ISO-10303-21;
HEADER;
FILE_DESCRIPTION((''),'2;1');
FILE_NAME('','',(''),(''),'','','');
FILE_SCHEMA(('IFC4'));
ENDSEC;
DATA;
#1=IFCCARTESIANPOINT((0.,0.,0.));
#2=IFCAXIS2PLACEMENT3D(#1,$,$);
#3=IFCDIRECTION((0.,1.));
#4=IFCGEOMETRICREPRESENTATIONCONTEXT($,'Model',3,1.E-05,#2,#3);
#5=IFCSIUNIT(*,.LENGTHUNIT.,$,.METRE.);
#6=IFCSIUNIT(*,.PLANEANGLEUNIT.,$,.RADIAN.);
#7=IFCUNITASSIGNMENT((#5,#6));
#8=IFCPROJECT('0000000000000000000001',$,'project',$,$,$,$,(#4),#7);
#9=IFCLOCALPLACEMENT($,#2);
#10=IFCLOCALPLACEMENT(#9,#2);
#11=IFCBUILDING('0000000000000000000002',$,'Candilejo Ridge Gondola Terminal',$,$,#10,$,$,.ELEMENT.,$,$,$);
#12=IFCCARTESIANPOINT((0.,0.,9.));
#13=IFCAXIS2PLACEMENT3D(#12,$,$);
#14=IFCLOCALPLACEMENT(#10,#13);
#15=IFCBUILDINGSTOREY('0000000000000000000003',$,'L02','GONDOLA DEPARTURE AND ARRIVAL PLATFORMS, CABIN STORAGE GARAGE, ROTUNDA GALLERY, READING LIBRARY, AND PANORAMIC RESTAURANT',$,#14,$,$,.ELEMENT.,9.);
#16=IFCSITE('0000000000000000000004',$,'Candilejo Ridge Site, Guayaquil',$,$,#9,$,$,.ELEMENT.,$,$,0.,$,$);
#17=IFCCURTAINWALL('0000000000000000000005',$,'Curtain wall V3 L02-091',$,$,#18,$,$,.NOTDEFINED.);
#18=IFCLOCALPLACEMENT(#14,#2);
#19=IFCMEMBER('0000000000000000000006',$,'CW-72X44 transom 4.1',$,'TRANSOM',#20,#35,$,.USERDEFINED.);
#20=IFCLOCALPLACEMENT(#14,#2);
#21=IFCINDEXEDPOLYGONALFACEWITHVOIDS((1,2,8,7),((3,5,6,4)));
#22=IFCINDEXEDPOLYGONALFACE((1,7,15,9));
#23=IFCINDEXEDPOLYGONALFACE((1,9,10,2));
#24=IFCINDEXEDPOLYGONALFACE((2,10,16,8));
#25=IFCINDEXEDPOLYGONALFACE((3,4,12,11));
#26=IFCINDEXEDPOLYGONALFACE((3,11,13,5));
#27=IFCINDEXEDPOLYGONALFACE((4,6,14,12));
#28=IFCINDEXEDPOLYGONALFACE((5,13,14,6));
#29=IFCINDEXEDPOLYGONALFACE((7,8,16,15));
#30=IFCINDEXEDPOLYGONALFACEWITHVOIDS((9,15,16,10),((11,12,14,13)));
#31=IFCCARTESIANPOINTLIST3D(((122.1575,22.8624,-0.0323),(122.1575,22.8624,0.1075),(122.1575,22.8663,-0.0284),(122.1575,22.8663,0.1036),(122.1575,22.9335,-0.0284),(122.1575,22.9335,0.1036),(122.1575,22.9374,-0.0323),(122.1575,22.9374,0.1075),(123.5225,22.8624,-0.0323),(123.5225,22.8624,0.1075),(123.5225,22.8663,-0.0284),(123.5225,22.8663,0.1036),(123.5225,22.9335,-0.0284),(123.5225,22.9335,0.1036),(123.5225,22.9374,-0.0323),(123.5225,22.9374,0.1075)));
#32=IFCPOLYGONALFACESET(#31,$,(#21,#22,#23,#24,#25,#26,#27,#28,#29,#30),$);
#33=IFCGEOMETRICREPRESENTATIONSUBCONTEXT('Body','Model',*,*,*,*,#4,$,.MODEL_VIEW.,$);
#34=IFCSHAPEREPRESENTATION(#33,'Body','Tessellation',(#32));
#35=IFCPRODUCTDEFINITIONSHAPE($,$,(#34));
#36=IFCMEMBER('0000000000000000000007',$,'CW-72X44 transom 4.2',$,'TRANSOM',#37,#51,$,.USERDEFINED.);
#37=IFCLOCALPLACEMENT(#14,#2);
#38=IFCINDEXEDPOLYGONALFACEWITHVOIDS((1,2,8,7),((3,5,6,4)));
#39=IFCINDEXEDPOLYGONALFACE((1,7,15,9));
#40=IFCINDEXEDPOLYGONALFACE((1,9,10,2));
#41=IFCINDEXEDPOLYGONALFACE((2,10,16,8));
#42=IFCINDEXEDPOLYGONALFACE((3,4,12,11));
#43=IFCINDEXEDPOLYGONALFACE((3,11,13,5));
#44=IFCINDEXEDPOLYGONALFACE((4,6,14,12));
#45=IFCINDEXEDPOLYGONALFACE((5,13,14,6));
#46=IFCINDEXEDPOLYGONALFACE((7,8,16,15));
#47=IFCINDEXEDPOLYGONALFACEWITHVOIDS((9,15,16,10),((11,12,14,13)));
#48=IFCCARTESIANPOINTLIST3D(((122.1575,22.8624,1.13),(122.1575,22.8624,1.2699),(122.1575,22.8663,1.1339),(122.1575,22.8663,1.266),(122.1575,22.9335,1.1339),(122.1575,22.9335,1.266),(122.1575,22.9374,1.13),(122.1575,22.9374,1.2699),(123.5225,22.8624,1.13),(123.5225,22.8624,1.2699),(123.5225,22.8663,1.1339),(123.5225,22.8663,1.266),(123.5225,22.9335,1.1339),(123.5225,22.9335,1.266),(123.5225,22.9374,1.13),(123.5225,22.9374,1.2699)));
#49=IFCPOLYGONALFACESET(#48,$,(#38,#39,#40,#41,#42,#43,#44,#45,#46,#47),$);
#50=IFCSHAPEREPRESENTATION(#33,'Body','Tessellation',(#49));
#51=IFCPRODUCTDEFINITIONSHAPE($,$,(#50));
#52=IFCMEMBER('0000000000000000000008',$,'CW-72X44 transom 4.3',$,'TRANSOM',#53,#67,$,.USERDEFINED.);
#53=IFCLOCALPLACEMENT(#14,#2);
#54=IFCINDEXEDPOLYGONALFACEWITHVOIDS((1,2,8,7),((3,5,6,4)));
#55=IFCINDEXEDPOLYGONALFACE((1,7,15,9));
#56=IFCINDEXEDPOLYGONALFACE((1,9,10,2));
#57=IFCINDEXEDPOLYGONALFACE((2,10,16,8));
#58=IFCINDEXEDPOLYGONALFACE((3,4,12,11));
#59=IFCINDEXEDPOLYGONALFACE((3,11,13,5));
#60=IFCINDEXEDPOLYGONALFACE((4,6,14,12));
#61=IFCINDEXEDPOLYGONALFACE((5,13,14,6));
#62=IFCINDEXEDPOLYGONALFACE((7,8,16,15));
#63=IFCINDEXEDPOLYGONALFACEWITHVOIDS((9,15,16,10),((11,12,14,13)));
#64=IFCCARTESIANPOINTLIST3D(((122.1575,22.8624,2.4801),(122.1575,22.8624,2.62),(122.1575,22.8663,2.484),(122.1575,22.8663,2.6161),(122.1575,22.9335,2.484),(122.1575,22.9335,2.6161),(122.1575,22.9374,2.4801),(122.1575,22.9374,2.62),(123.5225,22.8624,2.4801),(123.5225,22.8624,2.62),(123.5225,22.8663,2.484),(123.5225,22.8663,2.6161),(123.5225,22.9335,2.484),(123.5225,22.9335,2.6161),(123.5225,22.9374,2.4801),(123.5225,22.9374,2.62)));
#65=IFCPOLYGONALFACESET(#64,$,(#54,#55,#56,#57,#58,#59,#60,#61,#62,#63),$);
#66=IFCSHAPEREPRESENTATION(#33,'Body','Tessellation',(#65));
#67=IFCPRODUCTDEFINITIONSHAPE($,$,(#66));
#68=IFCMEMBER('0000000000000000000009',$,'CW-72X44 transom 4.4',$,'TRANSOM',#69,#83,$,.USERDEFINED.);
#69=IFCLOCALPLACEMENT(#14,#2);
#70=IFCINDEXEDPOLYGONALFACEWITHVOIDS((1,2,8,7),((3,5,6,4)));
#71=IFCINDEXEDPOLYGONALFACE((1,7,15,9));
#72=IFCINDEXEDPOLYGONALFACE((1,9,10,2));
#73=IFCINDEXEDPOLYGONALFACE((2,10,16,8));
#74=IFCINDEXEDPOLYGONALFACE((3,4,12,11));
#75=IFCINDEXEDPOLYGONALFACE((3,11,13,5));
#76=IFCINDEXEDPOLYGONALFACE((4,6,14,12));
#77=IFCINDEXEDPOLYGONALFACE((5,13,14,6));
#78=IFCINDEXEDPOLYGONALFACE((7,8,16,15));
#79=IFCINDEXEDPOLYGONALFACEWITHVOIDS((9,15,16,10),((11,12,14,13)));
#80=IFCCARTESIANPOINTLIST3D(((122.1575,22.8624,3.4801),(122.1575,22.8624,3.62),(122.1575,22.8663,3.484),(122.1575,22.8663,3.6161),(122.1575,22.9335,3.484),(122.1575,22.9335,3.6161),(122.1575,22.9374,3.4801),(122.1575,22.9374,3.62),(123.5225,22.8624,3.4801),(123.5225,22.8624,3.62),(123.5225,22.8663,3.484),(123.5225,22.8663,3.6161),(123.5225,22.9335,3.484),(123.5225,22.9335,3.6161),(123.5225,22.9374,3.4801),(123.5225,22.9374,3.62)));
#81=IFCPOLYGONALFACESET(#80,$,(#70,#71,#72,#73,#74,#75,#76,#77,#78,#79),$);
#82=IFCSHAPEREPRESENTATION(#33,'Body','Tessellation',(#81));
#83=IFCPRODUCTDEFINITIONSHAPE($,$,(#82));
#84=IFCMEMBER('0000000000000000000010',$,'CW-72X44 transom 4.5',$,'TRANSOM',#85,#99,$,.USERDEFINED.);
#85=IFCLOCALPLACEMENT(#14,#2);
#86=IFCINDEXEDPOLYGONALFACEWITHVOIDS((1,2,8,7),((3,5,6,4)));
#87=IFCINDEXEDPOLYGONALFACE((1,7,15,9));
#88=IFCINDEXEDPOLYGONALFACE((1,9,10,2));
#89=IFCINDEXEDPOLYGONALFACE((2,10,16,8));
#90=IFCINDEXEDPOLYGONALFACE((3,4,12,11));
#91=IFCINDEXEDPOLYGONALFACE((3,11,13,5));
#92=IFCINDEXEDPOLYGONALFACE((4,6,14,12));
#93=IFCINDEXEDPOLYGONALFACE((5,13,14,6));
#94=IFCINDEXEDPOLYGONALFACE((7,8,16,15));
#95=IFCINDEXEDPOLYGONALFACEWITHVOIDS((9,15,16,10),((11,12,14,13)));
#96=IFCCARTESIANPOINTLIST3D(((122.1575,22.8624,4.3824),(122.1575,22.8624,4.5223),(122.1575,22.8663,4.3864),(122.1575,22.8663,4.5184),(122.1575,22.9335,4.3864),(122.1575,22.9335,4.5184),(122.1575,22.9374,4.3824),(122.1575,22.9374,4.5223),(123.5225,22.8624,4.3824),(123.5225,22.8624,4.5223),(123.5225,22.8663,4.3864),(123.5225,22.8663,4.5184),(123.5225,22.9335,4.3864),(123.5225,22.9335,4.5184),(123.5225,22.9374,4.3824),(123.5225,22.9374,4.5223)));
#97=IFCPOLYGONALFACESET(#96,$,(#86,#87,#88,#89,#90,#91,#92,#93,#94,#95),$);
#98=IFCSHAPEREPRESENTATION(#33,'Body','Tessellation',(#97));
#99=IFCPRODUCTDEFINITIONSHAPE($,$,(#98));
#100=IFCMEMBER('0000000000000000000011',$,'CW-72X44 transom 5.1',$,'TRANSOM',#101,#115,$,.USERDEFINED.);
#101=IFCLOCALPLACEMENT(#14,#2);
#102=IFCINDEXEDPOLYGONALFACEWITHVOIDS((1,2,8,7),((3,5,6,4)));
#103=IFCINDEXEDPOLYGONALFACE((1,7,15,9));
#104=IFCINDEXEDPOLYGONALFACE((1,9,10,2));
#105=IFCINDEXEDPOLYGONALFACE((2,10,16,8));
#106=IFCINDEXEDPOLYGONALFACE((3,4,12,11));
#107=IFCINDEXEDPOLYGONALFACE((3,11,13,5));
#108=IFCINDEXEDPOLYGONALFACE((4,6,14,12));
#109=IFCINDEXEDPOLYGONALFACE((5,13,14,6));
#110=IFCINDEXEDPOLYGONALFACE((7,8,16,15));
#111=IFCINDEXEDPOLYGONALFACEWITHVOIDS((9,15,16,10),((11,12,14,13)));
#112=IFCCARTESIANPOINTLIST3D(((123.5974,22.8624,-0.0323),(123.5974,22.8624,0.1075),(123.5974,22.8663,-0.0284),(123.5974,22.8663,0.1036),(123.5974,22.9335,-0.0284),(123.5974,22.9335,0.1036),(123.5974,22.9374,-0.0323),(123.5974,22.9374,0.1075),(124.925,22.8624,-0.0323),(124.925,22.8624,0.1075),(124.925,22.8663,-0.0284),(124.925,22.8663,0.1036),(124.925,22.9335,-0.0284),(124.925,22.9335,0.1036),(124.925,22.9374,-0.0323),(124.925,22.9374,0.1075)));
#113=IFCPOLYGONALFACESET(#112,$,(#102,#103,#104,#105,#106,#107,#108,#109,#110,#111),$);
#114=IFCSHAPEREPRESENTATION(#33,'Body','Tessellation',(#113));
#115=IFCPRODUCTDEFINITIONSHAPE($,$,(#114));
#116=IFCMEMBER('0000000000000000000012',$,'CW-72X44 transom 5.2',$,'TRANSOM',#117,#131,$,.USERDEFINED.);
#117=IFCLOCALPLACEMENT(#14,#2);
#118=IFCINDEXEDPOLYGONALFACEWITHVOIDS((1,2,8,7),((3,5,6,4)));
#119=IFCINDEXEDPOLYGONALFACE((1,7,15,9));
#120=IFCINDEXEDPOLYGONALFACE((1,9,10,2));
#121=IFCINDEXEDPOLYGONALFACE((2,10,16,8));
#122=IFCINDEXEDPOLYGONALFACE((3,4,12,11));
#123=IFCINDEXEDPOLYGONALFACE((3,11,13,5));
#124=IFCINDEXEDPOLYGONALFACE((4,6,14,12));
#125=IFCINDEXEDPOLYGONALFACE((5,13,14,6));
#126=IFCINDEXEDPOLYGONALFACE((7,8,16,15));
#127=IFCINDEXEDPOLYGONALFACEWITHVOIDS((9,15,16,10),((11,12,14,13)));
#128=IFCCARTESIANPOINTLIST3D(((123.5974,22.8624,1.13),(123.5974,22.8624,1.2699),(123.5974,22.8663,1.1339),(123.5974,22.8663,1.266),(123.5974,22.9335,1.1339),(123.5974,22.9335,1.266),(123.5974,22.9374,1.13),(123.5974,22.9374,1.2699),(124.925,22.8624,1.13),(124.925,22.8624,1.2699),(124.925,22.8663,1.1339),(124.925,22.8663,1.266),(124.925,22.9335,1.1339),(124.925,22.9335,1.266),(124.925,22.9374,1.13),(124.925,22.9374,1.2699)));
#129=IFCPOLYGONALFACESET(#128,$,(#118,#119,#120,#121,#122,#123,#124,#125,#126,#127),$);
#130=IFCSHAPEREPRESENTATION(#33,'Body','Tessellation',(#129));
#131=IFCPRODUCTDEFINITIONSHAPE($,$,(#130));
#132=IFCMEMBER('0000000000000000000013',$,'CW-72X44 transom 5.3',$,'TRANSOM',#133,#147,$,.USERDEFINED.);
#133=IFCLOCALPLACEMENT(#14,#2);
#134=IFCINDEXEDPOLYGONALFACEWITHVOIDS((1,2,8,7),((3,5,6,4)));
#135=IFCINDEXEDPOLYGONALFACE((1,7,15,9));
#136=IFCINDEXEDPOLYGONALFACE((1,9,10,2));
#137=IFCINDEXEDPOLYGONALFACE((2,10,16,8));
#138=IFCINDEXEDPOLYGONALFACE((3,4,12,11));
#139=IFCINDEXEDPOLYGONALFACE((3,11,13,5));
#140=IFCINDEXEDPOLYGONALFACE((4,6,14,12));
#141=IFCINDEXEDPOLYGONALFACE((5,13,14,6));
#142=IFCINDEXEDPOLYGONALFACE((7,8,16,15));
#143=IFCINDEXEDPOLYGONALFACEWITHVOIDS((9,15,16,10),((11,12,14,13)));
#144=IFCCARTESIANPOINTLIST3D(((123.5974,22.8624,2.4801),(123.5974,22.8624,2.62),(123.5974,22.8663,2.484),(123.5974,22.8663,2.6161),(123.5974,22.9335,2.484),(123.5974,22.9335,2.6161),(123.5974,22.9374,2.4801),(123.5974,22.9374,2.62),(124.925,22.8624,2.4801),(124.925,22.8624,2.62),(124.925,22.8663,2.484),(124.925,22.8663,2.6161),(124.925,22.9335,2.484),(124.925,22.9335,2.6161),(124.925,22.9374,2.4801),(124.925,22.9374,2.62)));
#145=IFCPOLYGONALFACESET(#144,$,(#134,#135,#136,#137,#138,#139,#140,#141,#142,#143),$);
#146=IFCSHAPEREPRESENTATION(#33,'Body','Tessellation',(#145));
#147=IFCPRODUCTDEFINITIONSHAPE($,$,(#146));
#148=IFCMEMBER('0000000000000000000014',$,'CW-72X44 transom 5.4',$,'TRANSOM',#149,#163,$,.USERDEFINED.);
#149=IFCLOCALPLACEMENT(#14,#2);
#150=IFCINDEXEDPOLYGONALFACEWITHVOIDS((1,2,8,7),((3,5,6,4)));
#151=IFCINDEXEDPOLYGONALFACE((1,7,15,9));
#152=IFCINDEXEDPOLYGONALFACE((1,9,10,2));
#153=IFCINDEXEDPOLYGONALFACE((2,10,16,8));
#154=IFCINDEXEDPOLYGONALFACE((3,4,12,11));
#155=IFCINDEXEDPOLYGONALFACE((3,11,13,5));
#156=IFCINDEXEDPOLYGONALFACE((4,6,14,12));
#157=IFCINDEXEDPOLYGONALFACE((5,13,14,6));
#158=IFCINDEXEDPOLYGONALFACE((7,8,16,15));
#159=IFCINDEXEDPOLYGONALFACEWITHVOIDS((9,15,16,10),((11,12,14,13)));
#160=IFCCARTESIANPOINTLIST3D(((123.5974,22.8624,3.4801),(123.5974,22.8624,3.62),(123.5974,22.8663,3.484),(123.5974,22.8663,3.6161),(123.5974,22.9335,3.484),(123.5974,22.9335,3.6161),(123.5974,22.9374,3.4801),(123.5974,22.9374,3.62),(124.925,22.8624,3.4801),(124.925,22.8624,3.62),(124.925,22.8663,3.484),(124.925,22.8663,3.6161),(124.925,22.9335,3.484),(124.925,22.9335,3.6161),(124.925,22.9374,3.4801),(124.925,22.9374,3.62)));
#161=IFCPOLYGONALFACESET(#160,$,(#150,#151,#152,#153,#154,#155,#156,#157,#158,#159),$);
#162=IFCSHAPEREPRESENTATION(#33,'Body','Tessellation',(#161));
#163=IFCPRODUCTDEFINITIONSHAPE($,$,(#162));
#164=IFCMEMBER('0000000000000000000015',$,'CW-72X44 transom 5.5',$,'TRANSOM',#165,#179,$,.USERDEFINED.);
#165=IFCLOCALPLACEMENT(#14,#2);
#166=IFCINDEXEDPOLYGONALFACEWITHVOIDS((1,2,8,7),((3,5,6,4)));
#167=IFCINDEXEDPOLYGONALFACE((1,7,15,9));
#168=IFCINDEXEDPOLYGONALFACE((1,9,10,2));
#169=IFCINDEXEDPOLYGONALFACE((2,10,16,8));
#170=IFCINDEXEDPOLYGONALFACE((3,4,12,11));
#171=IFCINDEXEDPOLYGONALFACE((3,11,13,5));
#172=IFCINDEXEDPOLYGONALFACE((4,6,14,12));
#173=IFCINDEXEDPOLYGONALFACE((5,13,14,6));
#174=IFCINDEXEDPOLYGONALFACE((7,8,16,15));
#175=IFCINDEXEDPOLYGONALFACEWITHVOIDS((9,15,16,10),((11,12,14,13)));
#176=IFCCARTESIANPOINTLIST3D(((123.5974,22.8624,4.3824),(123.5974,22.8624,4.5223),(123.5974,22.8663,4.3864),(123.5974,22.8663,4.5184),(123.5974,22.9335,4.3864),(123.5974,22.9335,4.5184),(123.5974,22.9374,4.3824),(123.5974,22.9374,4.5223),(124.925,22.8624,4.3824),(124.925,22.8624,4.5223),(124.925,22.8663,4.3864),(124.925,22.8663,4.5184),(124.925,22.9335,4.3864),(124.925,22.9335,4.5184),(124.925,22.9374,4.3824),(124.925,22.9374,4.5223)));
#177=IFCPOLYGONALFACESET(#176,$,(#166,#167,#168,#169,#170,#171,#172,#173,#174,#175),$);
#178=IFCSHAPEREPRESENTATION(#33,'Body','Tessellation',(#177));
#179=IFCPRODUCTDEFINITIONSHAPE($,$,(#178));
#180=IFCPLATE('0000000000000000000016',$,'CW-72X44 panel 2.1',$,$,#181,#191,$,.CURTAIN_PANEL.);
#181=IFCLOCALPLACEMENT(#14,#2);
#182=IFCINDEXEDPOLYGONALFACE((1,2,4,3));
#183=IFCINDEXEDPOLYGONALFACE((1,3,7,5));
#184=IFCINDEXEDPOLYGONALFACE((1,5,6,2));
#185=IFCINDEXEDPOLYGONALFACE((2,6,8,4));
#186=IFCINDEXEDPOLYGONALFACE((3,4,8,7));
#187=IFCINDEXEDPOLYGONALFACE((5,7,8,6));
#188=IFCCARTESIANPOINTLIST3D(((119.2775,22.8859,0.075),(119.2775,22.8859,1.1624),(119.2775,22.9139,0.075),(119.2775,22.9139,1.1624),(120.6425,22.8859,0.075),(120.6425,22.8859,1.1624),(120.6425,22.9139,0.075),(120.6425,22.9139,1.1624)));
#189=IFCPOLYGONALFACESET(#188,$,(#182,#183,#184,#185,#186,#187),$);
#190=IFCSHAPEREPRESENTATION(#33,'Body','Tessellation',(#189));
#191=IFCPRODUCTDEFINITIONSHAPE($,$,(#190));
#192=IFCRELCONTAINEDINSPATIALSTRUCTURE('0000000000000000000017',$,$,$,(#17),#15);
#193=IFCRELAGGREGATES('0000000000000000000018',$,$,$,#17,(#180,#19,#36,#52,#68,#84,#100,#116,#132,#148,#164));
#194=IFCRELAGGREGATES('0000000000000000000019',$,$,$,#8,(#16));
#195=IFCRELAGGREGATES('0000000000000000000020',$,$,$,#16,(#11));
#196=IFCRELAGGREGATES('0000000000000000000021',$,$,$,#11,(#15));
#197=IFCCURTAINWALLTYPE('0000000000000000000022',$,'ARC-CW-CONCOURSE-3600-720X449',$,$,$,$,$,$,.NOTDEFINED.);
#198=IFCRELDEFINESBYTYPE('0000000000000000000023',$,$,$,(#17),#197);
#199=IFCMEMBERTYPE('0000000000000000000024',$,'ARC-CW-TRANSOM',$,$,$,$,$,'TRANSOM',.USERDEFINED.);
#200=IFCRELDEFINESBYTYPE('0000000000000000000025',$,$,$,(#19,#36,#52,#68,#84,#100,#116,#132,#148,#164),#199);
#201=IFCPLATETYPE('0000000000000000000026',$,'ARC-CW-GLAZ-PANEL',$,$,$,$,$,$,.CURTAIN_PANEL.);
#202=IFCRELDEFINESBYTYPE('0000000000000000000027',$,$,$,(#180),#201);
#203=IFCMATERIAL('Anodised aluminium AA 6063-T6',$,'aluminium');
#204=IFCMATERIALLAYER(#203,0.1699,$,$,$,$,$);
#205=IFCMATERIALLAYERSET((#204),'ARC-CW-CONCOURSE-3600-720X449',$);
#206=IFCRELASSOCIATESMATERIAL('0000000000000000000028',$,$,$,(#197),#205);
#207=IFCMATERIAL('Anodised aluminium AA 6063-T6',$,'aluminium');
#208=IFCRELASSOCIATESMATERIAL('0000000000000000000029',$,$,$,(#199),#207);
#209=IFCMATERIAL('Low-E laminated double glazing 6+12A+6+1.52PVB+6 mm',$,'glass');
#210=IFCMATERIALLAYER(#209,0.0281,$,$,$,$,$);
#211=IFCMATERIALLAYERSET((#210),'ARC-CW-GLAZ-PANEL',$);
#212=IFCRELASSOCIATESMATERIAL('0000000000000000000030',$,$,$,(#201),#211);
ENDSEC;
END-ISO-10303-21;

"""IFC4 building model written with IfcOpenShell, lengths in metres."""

from ifc_helpers import new_model, si_unit, direction, frame, origin, origin_2d, place, context, subcontext, project, spatial, rectangle, hollow_rectangle, extrude, material, layer, layer_set, material_profile, profile_set, type_object, element, aggregate, save


model = new_model("IFC4")

# Units and contexts
model_context = context("Model", 3, precision=1e-05, world=origin(), true_north=direction((0.0, 1.0)))
body_context = subcontext(model_context, "Body", "Model", "MODEL_VIEW")
ifc_project = project(units=[si_unit("LENGTHUNIT", "METRE"), si_unit("PLANEANGLEUNIT", "RADIAN")], contexts=[model_context])

# Site, building, storey
site_placement = place(None, origin())
site = spatial("IfcSite", under=ifc_project, at=site_placement, Name="Candilejo Ridge Site, Guayaquil", CompositionType="ELEMENT", RefElevation=0.0)
building_placement = place(site_placement, origin())
building = spatial("IfcBuilding", under=site, at=building_placement, Name="Candilejo Ridge Gondola Terminal", CompositionType="ELEMENT")
storey_placement = place(building_placement, frame((0.0, 0.0, 9.0)))
storey = spatial("IfcBuildingStorey", under=building, at=storey_placement, Name="L02", Description="GONDOLA DEPARTURE AND ARRIVAL PLATFORMS, CABIN STORAGE GARAGE, ROTUNDA GALLERY, READING LIBRARY, AND PANORAMIC RESTAURANT", CompositionType="ELEMENT", Elevation=9.0)

# Curtain wall, members, plate
ifc_material_1 = material(Name="Anodised aluminium AA 6063-T6", Category="aluminium")
ifc_layer_1 = layer(ifc_material_1, 0.1699)
ifc_layer_set_1 = layer_set([ifc_layer_1], Name="ARC-CW-CONCOURSE-3600-720X449")
curtain_wall_type = type_object("IfcCurtainWallType", Name="ARC-CW-CONCOURSE-3600-720X449", PredefinedType="NOTDEFINED", material=ifc_layer_set_1)
curtain_wall_placement = place(storey_placement, origin())
curtain_wall = element("IfcCurtainWall", 1, at=curtain_wall_placement, inside=storey, type_object=curtain_wall_type, Name="Curtain wall V3 L02-091", PredefinedType="NOTDEFINED")
ifc_material_2 = material(Name="Anodised aluminium AA 6063-T6", Category="aluminium")
ifc_material_profile_1 = material_profile(ifc_material_2, hollow_rectangle(XDim=0.075, YDim=0.1399, WallThickness=0.0039, at=origin_2d()))
ifc_profile_set_1 = profile_set([ifc_material_profile_1], Name="Anodised aluminium AA 6063-T6")
member_type_1 = type_object("IfcMemberType", Name="ARC-CW-TRANSOM", ElementType="TRANSOM", PredefinedType="USERDEFINED", material=ifc_profile_set_1)
member_1_placement = place(storey_placement, frame((122.1575, 22.8999, 0.0376), z_axis=(1.0, 0.0, 0.0), x_axis=(0.0, 1.0, 0.0)))
member_1 = element("IfcMember", 2, at=member_1_placement, type_object=member_type_1, Name="CW-72X44 transom 4.1", ObjectType="TRANSOM", PredefinedType="USERDEFINED", context=body_context, shape_type="SweptSolid", body=[
    extrude(hollow_rectangle(XDim=0.075, YDim=0.1399, WallThickness=0.0039, at=origin_2d()), origin(), (0.0, 0.0, 1.0), 1.365),
])
member_2_placement = place(storey_placement, frame((122.1575, 22.8999, 1.2), z_axis=(1.0, 0.0, 0.0), x_axis=(0.0, 1.0, 0.0)))
member_2 = element("IfcMember", 3, at=member_2_placement, type_object=member_type_1, Name="CW-72X44 transom 4.2", ObjectType="TRANSOM", PredefinedType="USERDEFINED", context=body_context, shape_type="SweptSolid", body=[
    extrude(hollow_rectangle(XDim=0.075, YDim=0.1399, WallThickness=0.0039, at=origin_2d()), origin(), (0.0, 0.0, 1.0), 1.365),
])
member_3_placement = place(storey_placement, frame((122.1575, 22.8999, 2.55), z_axis=(1.0, 0.0, 0.0), x_axis=(0.0, 1.0, 0.0)))
member_3 = element("IfcMember", 4, at=member_3_placement, type_object=member_type_1, Name="CW-72X44 transom 4.3", ObjectType="TRANSOM", PredefinedType="USERDEFINED", context=body_context, shape_type="SweptSolid", body=[
    extrude(hollow_rectangle(XDim=0.075, YDim=0.1399, WallThickness=0.0039, at=origin_2d()), origin(), (0.0, 0.0, 1.0), 1.365),
])
member_4_placement = place(storey_placement, frame((122.1575, 22.8999, 3.55), z_axis=(1.0, 0.0, 0.0), x_axis=(0.0, 1.0, 0.0)))
member_4 = element("IfcMember", 5, at=member_4_placement, type_object=member_type_1, Name="CW-72X44 transom 4.4", ObjectType="TRANSOM", PredefinedType="USERDEFINED", context=body_context, shape_type="SweptSolid", body=[
    extrude(hollow_rectangle(XDim=0.075, YDim=0.1399, WallThickness=0.0039, at=origin_2d()), origin(), (0.0, 0.0, 1.0), 1.365),
])
member_5_placement = place(storey_placement, frame((122.1575, 22.8999, 4.4524), z_axis=(1.0, 0.0, 0.0), x_axis=(0.0, 1.0, 0.0)))
member_5 = element("IfcMember", 6, at=member_5_placement, type_object=member_type_1, Name="CW-72X44 transom 4.5", ObjectType="TRANSOM", PredefinedType="USERDEFINED", context=body_context, shape_type="SweptSolid", body=[
    extrude(hollow_rectangle(XDim=0.075, YDim=0.1399, WallThickness=0.0039, at=origin_2d()), origin(), (0.0, 0.0, 1.0), 1.365),
])
member_6_placement = place(storey_placement, frame((123.5974, 22.8999, 0.0376), z_axis=(1.0, 0.0, 0.0), x_axis=(0.0, 1.0, 0.0)))
member_6 = element("IfcMember", 7, at=member_6_placement, type_object=member_type_1, Name="CW-72X44 transom 5.1", ObjectType="TRANSOM", PredefinedType="USERDEFINED", context=body_context, shape_type="SweptSolid", body=[
    extrude(hollow_rectangle(XDim=0.075, YDim=0.1399, WallThickness=0.0039, at=origin_2d()), origin(), (0.0, 0.0, 1.0), 1.3276),
])
member_7_placement = place(storey_placement, frame((123.5974, 22.8999, 1.2), z_axis=(1.0, 0.0, 0.0), x_axis=(0.0, 1.0, 0.0)))
member_7 = element("IfcMember", 8, at=member_7_placement, type_object=member_type_1, Name="CW-72X44 transom 5.2", ObjectType="TRANSOM", PredefinedType="USERDEFINED", context=body_context, shape_type="SweptSolid", body=[
    extrude(hollow_rectangle(XDim=0.075, YDim=0.1399, WallThickness=0.0039, at=origin_2d()), origin(), (0.0, 0.0, 1.0), 1.3276),
])
member_8_placement = place(storey_placement, frame((123.5974, 22.8999, 2.55), z_axis=(1.0, 0.0, 0.0), x_axis=(0.0, 1.0, 0.0)))
member_8 = element("IfcMember", 9, at=member_8_placement, type_object=member_type_1, Name="CW-72X44 transom 5.3", ObjectType="TRANSOM", PredefinedType="USERDEFINED", context=body_context, shape_type="SweptSolid", body=[
    extrude(hollow_rectangle(XDim=0.075, YDim=0.1399, WallThickness=0.0039, at=origin_2d()), origin(), (0.0, 0.0, 1.0), 1.3276),
])
member_9_placement = place(storey_placement, frame((123.5974, 22.8999, 3.55), z_axis=(1.0, 0.0, 0.0), x_axis=(0.0, 1.0, 0.0)))
member_9 = element("IfcMember", 10, at=member_9_placement, type_object=member_type_1, Name="CW-72X44 transom 5.4", ObjectType="TRANSOM", PredefinedType="USERDEFINED", context=body_context, shape_type="SweptSolid", body=[
    extrude(hollow_rectangle(XDim=0.075, YDim=0.1399, WallThickness=0.0039, at=origin_2d()), origin(), (0.0, 0.0, 1.0), 1.3276),
])
member_10_placement = place(storey_placement, frame((123.5974, 22.8999, 4.4524), z_axis=(1.0, 0.0, 0.0), x_axis=(0.0, 1.0, 0.0)))
member_10 = element("IfcMember", 11, at=member_10_placement, type_object=member_type_1, Name="CW-72X44 transom 5.5", ObjectType="TRANSOM", PredefinedType="USERDEFINED", context=body_context, shape_type="SweptSolid", body=[
    extrude(hollow_rectangle(XDim=0.075, YDim=0.1399, WallThickness=0.0039, at=origin_2d()), origin(), (0.0, 0.0, 1.0), 1.3276),
])
ifc_material_3 = material(Name="Low-E laminated double glazing 6+12A+6+1.52PVB+6 mm", Category="glass")
ifc_layer_2 = layer(ifc_material_3, 0.0281)
ifc_layer_set_2 = layer_set([ifc_layer_2], Name="ARC-CW-GLAZ-PANEL")
plate_type_1 = type_object("IfcPlateType", Name="ARC-CW-GLAZ-PANEL", PredefinedType="CURTAIN_PANEL", material=ifc_layer_set_2)
plate_1_placement = place(storey_placement, frame((119.96, 22.8999, 0.075), z_axis=(0.0, 0.0, 1.0), x_axis=(1.0, 0.0, 0.0)))
plate_1 = element("IfcPlate", 12, at=plate_1_placement, type_object=plate_type_1, Name="CW-72X44 panel 2.1", PredefinedType="CURTAIN_PANEL", context=body_context, shape_type="SweptSolid", body=[
    extrude(rectangle(XDim=1.365, YDim=0.0281, at=origin_2d()), origin(), (0.0, 0.0, 1.0), 1.0874),
])
aggregate(curtain_wall, [plate_1, member_1, member_2, member_3, member_4, member_5, member_6, member_7, member_8, member_9, member_10])

save(model, "model.ifc")
